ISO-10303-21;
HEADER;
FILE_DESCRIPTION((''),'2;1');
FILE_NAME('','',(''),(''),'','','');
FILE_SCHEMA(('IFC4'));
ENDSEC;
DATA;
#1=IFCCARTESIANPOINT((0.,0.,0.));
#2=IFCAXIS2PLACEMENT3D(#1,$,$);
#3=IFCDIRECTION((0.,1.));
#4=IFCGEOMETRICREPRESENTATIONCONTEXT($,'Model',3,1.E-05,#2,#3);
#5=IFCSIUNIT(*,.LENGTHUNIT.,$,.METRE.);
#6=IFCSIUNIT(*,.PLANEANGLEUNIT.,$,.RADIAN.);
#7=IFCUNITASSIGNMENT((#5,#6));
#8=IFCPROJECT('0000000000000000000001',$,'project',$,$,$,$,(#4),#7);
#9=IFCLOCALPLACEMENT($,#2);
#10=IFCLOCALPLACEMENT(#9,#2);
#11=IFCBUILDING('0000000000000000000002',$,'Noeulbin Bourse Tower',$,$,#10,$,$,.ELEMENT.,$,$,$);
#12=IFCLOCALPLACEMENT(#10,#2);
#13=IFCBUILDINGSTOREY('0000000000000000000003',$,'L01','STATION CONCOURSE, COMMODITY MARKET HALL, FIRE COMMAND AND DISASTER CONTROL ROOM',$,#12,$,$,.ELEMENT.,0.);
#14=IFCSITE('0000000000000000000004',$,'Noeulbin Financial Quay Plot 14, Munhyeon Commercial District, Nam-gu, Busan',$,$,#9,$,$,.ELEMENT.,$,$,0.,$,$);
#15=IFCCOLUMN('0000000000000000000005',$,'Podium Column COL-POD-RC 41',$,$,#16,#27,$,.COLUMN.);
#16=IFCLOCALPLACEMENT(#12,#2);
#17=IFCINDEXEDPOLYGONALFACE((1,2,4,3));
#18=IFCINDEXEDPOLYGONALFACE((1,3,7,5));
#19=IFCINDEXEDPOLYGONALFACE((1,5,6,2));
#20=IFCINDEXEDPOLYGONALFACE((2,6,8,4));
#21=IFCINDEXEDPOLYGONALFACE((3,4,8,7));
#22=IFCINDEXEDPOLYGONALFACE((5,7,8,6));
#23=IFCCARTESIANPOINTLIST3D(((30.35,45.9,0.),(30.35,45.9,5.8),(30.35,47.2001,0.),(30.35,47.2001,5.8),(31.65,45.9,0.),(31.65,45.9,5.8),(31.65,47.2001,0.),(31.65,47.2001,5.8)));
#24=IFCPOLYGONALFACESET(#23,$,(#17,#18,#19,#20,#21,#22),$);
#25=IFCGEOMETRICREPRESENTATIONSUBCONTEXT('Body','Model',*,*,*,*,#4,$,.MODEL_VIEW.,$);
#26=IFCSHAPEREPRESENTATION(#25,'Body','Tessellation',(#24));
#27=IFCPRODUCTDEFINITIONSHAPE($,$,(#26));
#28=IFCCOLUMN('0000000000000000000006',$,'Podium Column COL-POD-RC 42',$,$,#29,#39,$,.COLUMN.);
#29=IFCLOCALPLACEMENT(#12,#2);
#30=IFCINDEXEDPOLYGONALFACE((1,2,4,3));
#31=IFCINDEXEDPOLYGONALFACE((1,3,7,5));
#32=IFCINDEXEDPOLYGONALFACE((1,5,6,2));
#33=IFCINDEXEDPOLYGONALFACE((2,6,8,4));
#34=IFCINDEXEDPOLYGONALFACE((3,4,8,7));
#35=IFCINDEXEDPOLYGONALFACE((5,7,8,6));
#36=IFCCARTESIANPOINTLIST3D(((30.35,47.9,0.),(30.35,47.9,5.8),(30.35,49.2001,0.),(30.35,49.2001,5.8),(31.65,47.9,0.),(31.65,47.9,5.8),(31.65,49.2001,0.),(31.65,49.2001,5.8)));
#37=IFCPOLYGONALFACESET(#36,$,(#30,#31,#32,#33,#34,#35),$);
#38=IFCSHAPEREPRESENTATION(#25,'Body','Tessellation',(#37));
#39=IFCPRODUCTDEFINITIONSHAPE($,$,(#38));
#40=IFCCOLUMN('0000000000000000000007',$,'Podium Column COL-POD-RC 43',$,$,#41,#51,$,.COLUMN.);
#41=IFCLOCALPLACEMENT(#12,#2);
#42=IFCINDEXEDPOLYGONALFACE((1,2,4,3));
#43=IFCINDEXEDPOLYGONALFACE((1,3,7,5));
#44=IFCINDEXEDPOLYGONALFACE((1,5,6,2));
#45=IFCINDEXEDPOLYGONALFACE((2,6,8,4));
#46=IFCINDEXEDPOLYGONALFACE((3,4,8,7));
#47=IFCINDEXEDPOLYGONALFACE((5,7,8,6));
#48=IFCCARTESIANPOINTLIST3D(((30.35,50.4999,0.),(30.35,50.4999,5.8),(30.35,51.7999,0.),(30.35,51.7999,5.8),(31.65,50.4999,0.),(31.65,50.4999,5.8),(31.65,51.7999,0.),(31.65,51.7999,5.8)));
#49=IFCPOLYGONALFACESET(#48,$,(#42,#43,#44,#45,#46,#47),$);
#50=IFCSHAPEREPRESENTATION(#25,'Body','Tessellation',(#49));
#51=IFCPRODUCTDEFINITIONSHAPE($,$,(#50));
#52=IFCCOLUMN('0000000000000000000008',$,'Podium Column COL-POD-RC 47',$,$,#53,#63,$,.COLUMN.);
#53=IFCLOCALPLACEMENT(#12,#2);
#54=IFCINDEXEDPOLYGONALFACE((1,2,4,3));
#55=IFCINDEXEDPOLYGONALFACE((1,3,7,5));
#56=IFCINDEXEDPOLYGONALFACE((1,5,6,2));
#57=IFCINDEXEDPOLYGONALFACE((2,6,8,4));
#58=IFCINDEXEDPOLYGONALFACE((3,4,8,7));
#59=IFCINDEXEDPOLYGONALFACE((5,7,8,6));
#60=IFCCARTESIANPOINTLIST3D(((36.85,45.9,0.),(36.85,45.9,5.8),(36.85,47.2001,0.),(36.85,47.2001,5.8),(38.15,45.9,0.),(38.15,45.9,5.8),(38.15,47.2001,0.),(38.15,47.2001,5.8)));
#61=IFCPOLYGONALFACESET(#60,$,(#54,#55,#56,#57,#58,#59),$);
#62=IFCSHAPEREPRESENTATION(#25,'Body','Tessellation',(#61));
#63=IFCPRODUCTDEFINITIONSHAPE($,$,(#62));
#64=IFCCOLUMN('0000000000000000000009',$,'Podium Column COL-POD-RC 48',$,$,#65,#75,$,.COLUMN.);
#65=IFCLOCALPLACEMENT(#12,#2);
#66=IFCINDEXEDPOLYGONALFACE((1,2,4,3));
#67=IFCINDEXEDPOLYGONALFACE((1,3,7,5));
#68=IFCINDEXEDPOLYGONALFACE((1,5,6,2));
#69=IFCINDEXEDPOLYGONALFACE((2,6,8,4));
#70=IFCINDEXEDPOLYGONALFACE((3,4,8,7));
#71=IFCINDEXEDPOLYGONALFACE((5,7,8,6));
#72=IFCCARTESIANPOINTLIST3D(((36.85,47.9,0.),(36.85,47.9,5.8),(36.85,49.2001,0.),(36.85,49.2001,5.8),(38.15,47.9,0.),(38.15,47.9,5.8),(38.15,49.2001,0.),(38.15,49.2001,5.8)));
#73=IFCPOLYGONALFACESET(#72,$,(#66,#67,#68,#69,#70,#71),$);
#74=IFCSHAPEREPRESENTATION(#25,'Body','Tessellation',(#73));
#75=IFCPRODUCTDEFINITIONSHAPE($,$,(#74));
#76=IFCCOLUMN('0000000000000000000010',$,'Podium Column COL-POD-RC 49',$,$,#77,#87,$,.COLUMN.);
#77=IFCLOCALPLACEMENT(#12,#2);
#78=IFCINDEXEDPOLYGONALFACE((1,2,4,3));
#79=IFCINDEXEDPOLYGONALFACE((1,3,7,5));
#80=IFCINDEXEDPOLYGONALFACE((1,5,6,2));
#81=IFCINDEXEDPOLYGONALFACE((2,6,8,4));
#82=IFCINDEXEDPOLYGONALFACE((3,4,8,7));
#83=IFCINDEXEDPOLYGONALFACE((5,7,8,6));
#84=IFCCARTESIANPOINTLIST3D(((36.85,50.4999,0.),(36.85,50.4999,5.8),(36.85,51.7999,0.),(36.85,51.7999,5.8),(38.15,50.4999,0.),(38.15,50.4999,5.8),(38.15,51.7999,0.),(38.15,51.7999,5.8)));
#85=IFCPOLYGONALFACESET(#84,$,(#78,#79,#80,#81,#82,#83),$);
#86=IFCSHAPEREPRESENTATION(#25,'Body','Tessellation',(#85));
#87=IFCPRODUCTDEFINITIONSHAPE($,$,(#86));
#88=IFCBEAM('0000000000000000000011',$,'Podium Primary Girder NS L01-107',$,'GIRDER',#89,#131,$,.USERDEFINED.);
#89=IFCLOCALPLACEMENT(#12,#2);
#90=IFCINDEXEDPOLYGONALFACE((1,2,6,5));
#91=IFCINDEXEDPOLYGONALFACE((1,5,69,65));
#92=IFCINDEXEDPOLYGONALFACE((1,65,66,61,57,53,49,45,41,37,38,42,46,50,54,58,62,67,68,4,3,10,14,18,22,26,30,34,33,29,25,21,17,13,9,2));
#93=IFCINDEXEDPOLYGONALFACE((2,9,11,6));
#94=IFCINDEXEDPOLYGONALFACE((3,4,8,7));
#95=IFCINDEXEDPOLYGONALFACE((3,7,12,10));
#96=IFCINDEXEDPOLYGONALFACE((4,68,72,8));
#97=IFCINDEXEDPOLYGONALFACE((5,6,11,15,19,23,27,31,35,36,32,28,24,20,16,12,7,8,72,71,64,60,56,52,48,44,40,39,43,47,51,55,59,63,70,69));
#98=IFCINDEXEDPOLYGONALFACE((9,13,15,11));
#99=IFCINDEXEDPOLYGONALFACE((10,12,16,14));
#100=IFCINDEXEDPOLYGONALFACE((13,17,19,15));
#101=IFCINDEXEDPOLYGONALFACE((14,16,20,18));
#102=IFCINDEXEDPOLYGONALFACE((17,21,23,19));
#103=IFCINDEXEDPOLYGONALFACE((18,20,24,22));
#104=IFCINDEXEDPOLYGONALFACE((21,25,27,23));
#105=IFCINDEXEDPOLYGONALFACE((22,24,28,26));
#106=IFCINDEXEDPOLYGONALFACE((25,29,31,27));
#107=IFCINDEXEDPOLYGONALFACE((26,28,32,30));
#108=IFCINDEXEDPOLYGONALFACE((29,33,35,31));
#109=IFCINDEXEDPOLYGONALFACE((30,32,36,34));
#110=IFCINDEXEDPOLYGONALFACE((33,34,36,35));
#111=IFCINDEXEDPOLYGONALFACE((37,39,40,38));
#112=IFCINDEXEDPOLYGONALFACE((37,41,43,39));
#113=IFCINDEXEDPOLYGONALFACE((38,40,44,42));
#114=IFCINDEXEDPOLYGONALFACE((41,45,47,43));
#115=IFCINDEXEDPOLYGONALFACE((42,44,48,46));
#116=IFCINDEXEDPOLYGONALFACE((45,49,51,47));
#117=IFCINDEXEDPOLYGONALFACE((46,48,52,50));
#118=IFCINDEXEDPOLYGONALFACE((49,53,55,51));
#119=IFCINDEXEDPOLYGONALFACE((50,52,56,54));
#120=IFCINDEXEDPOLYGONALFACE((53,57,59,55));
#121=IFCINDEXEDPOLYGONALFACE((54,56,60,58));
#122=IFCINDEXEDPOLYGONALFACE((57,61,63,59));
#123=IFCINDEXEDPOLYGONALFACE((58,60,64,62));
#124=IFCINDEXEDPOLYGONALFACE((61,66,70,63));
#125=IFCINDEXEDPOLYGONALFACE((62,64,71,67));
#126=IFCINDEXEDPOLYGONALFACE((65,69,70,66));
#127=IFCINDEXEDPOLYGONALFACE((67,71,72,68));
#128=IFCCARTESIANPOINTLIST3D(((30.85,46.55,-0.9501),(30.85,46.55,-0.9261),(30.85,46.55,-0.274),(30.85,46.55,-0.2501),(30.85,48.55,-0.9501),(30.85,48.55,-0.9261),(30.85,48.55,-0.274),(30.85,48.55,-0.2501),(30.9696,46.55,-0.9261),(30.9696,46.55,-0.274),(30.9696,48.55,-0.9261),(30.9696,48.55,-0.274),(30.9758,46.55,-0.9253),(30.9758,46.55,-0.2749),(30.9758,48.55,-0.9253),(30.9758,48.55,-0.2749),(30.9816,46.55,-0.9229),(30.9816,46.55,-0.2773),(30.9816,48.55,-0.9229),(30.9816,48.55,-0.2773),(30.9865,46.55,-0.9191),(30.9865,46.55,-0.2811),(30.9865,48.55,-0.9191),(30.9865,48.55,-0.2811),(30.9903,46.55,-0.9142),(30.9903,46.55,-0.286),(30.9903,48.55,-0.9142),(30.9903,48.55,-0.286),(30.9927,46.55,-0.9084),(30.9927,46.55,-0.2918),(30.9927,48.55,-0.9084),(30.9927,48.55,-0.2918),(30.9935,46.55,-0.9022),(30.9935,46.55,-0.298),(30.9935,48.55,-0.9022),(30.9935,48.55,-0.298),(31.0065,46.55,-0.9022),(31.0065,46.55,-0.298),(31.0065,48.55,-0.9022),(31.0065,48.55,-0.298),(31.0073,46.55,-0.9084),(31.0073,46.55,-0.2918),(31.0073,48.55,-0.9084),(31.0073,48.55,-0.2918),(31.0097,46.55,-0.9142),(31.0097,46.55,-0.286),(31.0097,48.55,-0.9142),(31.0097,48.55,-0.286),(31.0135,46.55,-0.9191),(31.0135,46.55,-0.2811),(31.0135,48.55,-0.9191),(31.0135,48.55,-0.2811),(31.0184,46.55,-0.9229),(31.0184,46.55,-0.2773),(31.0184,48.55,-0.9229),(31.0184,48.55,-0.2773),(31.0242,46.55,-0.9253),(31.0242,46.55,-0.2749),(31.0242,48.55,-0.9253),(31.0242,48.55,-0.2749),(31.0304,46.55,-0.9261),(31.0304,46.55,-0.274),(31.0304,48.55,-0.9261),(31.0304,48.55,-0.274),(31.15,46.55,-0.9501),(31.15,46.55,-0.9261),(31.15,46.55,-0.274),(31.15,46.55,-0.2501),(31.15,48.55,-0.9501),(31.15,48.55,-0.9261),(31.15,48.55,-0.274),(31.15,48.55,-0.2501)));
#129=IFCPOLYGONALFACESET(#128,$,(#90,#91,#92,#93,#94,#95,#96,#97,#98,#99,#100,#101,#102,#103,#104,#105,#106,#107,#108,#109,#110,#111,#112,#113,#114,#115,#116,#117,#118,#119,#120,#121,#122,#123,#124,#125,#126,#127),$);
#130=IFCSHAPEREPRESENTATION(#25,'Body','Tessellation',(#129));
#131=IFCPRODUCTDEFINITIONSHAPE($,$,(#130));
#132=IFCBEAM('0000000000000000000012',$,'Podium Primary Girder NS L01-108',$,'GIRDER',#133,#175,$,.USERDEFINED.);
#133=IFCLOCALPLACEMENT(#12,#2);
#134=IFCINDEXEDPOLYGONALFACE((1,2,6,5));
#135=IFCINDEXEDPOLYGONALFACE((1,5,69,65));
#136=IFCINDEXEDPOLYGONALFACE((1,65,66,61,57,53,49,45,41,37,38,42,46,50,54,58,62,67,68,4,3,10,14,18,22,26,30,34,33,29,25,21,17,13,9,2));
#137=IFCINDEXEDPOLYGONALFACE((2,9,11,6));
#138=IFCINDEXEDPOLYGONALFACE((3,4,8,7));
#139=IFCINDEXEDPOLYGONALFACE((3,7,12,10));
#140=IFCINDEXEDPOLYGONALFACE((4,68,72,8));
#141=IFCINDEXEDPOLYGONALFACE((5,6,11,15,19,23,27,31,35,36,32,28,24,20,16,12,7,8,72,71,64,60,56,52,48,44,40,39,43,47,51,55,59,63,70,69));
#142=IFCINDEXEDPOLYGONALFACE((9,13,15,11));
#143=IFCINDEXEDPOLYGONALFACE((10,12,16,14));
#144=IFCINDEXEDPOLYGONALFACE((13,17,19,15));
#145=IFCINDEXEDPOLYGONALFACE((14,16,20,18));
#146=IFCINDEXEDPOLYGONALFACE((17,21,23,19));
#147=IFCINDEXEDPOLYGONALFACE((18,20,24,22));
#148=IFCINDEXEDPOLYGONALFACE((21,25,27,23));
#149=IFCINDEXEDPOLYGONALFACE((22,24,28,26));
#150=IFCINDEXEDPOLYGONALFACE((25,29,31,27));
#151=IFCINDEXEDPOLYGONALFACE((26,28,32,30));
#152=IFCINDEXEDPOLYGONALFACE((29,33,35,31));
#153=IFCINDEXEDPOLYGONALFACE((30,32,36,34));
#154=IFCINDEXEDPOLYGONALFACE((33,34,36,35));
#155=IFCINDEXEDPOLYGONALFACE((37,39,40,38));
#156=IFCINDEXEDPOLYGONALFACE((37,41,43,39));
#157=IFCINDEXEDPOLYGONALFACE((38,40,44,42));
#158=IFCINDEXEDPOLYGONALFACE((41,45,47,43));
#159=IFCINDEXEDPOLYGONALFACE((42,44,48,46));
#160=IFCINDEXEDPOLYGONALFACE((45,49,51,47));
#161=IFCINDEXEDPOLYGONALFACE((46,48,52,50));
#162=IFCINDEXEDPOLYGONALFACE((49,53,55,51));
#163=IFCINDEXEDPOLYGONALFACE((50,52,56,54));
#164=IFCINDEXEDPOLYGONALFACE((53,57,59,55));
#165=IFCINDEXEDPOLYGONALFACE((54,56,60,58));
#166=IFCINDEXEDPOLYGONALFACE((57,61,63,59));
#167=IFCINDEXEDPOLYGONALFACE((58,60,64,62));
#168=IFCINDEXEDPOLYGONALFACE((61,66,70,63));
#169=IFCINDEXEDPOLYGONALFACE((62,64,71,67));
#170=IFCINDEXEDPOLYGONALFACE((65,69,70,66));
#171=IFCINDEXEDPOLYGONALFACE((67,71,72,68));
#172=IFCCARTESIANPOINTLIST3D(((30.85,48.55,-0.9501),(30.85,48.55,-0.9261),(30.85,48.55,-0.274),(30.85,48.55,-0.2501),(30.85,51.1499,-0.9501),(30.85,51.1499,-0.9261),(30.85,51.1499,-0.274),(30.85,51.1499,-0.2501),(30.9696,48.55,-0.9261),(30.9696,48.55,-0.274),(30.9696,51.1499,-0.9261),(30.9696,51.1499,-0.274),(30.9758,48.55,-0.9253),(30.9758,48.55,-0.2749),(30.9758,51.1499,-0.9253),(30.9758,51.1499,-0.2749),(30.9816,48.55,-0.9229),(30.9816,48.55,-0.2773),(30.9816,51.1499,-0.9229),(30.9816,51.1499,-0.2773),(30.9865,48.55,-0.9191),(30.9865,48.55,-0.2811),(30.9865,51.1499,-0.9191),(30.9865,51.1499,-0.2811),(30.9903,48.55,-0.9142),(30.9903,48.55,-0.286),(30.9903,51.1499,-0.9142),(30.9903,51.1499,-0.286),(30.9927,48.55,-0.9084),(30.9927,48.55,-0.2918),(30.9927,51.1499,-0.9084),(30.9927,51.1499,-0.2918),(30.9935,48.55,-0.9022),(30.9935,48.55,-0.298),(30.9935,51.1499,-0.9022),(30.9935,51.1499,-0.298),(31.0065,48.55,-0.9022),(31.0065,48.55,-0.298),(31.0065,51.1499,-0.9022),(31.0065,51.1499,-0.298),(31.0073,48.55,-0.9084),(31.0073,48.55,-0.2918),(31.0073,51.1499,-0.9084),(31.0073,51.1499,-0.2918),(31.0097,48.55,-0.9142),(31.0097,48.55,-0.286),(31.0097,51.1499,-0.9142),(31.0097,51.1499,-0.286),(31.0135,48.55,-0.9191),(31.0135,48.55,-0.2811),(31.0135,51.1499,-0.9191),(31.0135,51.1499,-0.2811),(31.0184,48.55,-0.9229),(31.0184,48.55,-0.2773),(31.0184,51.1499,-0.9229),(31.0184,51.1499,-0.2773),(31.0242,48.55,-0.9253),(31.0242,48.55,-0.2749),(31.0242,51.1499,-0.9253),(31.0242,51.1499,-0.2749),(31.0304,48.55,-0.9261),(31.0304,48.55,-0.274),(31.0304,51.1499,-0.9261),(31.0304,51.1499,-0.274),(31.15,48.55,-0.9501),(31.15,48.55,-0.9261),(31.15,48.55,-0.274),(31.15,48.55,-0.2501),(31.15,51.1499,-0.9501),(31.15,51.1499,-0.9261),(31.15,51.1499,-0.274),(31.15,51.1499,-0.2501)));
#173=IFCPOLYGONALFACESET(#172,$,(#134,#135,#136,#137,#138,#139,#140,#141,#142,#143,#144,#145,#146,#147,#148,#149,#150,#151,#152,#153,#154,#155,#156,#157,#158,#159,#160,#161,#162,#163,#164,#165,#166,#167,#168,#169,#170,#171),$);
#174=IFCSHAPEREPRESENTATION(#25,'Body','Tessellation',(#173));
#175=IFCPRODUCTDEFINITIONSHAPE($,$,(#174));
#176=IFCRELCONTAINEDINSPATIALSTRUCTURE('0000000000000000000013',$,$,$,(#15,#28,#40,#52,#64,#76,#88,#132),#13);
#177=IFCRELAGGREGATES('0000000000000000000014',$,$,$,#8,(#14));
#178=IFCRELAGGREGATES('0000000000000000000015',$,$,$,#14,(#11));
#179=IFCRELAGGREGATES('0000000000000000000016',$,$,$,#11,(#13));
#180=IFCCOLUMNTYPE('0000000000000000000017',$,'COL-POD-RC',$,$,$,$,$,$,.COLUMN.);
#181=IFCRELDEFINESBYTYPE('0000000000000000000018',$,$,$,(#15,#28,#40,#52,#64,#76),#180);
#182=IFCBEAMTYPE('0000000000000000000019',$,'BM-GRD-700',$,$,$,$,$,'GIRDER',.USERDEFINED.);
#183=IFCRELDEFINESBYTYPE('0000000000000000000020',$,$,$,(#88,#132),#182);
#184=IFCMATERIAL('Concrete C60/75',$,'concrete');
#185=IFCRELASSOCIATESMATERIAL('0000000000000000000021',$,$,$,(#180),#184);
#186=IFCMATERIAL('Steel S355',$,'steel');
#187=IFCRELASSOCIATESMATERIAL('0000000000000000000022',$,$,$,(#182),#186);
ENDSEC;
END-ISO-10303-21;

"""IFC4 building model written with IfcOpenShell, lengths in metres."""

from ifc_helpers import new_model, si_unit, direction, frame, origin, origin_2d, place, context, subcontext, project, spatial, rectangle, i_section, extrude, material, material_profile, profile_set, type_object, element, save


model = new_model("IFC4")

# Units and contexts
model_context = context("Model", 3, precision=1e-05, world=origin(), true_north=direction((0.0, 1.0)))
body_context = subcontext(model_context, "Body", "Model", "MODEL_VIEW")
ifc_project = project(units=[si_unit("LENGTHUNIT", "METRE"), si_unit("PLANEANGLEUNIT", "RADIAN")], contexts=[model_context])

# Site, building, storey
site_placement = place(None, origin())
site = spatial("IfcSite", under=ifc_project, at=site_placement, Name="Noeulbin Financial Quay Plot 14, Munhyeon Commercial District, Nam-gu, Busan", CompositionType="ELEMENT", RefElevation=0.0)
building_placement = place(site_placement, origin())
building = spatial("IfcBuilding", under=site, at=building_placement, Name="Noeulbin Bourse Tower", CompositionType="ELEMENT")
storey_placement = place(building_placement, origin())
storey = spatial("IfcBuildingStorey", under=building, at=storey_placement, Name="L01", Description="STATION CONCOURSE, COMMODITY MARKET HALL, FIRE COMMAND AND DISASTER CONTROL ROOM", CompositionType="ELEMENT", Elevation=0.0)

# Columns
ifc_material_1 = material(Name="Concrete C60/75", Category="concrete")
ifc_material_profile_1 = material_profile(ifc_material_1, rectangle(XDim=1.3, YDim=1.3, at=origin_2d()), Name="RC-COL-1300x1300", Category="LoadBearing")
ifc_profile_set_1 = profile_set([ifc_material_profile_1], Name="Concrete C60/75")
column_type = type_object("IfcColumnType", Name="COL-POD-RC", PredefinedType="COLUMN", material=ifc_profile_set_1)
for number, where, z_axis, x_axis, name in (
    (1, (31.0, 46.55, 0.0), (0.0, 0.0, 1.0), (1.0, 0.0, 0.0), "Podium Column COL-POD-RC 41"),
    (2, (31.0, 48.55, 0.0), (0.0, 0.0, 1.0), (1.0, 0.0, 0.0), "Podium Column COL-POD-RC 42"),
    (3, (31.0, 51.1499, 0.0), (0.0, 0.0, 1.0), (1.0, 0.0, 0.0), "Podium Column COL-POD-RC 43"),
    (4, (37.5, 46.55, 0.0), (0.0, 0.0, 1.0), (1.0, 0.0, 0.0), "Podium Column COL-POD-RC 47"),
    (5, (37.5, 48.55, 0.0), (0.0, 0.0, 1.0), (1.0, 0.0, 0.0), "Podium Column COL-POD-RC 48"),
    (6, (37.5, 51.1499, 0.0), (0.0, 0.0, 1.0), (1.0, 0.0, 0.0), "Podium Column COL-POD-RC 49"),
):
    element("IfcColumn", number, at=place(storey_placement, frame(where, z_axis=z_axis, x_axis=x_axis)), inside=storey, type_object=column_type, Name=name, PredefinedType="COLUMN", context=body_context, shape_type="SweptSolid", body=[
        extrude(rectangle(XDim=1.3, YDim=1.3, at=origin_2d()), origin(), (0.0, 0.0, 1.0), 5.8),
    ])

# Beams
ifc_material_2 = material(Name="Steel S355", Category="steel")
ifc_material_profile_2 = material_profile(ifc_material_2, i_section(OverallWidth=0.3, OverallDepth=0.7, WebThickness=0.0129, FlangeThickness=0.0239, FilletRadius=0.0239, at=origin_2d()), Name="H-700x300x13x24", Category="LoadBearing")
ifc_profile_set_2 = profile_set([ifc_material_profile_2], Name="Steel S355")
beam_type_1 = type_object("IfcBeamType", Name="BM-GRD-700", ElementType="GIRDER", PredefinedType="USERDEFINED", material=ifc_profile_set_2)
beam_1_placement = place(storey_placement, frame((31.0, 46.55, -0.6001), z_axis=(0.0, 1.0, 0.0), x_axis=(-1.0, 0.0, 0.0)))
element("IfcBeam", 7, at=beam_1_placement, inside=storey, type_object=beam_type_1, Name="Podium Primary Girder NS L01-107", ObjectType="GIRDER", PredefinedType="USERDEFINED", context=body_context, shape_type="SweptSolid", body=[
    extrude(i_section(OverallWidth=0.3, OverallDepth=0.7, WebThickness=0.0129, FlangeThickness=0.0239, FilletRadius=0.0239, at=origin_2d()), origin(), (0.0, 0.0, 1.0), 2.0),
])
beam_2_placement = place(storey_placement, frame((31.0, 48.55, -0.6001), z_axis=(0.0, 1.0, 0.0), x_axis=(-1.0, 0.0, 0.0)))
element("IfcBeam", 8, at=beam_2_placement, inside=storey, type_object=beam_type_1, Name="Podium Primary Girder NS L01-108", ObjectType="GIRDER", PredefinedType="USERDEFINED", context=body_context, shape_type="SweptSolid", body=[
    extrude(i_section(OverallWidth=0.3, OverallDepth=0.7, WebThickness=0.0129, FlangeThickness=0.0239, FilletRadius=0.0239, at=origin_2d()), origin(), (0.0, 0.0, 1.0), 2.5999),
])

save(model, "model.ifc")
